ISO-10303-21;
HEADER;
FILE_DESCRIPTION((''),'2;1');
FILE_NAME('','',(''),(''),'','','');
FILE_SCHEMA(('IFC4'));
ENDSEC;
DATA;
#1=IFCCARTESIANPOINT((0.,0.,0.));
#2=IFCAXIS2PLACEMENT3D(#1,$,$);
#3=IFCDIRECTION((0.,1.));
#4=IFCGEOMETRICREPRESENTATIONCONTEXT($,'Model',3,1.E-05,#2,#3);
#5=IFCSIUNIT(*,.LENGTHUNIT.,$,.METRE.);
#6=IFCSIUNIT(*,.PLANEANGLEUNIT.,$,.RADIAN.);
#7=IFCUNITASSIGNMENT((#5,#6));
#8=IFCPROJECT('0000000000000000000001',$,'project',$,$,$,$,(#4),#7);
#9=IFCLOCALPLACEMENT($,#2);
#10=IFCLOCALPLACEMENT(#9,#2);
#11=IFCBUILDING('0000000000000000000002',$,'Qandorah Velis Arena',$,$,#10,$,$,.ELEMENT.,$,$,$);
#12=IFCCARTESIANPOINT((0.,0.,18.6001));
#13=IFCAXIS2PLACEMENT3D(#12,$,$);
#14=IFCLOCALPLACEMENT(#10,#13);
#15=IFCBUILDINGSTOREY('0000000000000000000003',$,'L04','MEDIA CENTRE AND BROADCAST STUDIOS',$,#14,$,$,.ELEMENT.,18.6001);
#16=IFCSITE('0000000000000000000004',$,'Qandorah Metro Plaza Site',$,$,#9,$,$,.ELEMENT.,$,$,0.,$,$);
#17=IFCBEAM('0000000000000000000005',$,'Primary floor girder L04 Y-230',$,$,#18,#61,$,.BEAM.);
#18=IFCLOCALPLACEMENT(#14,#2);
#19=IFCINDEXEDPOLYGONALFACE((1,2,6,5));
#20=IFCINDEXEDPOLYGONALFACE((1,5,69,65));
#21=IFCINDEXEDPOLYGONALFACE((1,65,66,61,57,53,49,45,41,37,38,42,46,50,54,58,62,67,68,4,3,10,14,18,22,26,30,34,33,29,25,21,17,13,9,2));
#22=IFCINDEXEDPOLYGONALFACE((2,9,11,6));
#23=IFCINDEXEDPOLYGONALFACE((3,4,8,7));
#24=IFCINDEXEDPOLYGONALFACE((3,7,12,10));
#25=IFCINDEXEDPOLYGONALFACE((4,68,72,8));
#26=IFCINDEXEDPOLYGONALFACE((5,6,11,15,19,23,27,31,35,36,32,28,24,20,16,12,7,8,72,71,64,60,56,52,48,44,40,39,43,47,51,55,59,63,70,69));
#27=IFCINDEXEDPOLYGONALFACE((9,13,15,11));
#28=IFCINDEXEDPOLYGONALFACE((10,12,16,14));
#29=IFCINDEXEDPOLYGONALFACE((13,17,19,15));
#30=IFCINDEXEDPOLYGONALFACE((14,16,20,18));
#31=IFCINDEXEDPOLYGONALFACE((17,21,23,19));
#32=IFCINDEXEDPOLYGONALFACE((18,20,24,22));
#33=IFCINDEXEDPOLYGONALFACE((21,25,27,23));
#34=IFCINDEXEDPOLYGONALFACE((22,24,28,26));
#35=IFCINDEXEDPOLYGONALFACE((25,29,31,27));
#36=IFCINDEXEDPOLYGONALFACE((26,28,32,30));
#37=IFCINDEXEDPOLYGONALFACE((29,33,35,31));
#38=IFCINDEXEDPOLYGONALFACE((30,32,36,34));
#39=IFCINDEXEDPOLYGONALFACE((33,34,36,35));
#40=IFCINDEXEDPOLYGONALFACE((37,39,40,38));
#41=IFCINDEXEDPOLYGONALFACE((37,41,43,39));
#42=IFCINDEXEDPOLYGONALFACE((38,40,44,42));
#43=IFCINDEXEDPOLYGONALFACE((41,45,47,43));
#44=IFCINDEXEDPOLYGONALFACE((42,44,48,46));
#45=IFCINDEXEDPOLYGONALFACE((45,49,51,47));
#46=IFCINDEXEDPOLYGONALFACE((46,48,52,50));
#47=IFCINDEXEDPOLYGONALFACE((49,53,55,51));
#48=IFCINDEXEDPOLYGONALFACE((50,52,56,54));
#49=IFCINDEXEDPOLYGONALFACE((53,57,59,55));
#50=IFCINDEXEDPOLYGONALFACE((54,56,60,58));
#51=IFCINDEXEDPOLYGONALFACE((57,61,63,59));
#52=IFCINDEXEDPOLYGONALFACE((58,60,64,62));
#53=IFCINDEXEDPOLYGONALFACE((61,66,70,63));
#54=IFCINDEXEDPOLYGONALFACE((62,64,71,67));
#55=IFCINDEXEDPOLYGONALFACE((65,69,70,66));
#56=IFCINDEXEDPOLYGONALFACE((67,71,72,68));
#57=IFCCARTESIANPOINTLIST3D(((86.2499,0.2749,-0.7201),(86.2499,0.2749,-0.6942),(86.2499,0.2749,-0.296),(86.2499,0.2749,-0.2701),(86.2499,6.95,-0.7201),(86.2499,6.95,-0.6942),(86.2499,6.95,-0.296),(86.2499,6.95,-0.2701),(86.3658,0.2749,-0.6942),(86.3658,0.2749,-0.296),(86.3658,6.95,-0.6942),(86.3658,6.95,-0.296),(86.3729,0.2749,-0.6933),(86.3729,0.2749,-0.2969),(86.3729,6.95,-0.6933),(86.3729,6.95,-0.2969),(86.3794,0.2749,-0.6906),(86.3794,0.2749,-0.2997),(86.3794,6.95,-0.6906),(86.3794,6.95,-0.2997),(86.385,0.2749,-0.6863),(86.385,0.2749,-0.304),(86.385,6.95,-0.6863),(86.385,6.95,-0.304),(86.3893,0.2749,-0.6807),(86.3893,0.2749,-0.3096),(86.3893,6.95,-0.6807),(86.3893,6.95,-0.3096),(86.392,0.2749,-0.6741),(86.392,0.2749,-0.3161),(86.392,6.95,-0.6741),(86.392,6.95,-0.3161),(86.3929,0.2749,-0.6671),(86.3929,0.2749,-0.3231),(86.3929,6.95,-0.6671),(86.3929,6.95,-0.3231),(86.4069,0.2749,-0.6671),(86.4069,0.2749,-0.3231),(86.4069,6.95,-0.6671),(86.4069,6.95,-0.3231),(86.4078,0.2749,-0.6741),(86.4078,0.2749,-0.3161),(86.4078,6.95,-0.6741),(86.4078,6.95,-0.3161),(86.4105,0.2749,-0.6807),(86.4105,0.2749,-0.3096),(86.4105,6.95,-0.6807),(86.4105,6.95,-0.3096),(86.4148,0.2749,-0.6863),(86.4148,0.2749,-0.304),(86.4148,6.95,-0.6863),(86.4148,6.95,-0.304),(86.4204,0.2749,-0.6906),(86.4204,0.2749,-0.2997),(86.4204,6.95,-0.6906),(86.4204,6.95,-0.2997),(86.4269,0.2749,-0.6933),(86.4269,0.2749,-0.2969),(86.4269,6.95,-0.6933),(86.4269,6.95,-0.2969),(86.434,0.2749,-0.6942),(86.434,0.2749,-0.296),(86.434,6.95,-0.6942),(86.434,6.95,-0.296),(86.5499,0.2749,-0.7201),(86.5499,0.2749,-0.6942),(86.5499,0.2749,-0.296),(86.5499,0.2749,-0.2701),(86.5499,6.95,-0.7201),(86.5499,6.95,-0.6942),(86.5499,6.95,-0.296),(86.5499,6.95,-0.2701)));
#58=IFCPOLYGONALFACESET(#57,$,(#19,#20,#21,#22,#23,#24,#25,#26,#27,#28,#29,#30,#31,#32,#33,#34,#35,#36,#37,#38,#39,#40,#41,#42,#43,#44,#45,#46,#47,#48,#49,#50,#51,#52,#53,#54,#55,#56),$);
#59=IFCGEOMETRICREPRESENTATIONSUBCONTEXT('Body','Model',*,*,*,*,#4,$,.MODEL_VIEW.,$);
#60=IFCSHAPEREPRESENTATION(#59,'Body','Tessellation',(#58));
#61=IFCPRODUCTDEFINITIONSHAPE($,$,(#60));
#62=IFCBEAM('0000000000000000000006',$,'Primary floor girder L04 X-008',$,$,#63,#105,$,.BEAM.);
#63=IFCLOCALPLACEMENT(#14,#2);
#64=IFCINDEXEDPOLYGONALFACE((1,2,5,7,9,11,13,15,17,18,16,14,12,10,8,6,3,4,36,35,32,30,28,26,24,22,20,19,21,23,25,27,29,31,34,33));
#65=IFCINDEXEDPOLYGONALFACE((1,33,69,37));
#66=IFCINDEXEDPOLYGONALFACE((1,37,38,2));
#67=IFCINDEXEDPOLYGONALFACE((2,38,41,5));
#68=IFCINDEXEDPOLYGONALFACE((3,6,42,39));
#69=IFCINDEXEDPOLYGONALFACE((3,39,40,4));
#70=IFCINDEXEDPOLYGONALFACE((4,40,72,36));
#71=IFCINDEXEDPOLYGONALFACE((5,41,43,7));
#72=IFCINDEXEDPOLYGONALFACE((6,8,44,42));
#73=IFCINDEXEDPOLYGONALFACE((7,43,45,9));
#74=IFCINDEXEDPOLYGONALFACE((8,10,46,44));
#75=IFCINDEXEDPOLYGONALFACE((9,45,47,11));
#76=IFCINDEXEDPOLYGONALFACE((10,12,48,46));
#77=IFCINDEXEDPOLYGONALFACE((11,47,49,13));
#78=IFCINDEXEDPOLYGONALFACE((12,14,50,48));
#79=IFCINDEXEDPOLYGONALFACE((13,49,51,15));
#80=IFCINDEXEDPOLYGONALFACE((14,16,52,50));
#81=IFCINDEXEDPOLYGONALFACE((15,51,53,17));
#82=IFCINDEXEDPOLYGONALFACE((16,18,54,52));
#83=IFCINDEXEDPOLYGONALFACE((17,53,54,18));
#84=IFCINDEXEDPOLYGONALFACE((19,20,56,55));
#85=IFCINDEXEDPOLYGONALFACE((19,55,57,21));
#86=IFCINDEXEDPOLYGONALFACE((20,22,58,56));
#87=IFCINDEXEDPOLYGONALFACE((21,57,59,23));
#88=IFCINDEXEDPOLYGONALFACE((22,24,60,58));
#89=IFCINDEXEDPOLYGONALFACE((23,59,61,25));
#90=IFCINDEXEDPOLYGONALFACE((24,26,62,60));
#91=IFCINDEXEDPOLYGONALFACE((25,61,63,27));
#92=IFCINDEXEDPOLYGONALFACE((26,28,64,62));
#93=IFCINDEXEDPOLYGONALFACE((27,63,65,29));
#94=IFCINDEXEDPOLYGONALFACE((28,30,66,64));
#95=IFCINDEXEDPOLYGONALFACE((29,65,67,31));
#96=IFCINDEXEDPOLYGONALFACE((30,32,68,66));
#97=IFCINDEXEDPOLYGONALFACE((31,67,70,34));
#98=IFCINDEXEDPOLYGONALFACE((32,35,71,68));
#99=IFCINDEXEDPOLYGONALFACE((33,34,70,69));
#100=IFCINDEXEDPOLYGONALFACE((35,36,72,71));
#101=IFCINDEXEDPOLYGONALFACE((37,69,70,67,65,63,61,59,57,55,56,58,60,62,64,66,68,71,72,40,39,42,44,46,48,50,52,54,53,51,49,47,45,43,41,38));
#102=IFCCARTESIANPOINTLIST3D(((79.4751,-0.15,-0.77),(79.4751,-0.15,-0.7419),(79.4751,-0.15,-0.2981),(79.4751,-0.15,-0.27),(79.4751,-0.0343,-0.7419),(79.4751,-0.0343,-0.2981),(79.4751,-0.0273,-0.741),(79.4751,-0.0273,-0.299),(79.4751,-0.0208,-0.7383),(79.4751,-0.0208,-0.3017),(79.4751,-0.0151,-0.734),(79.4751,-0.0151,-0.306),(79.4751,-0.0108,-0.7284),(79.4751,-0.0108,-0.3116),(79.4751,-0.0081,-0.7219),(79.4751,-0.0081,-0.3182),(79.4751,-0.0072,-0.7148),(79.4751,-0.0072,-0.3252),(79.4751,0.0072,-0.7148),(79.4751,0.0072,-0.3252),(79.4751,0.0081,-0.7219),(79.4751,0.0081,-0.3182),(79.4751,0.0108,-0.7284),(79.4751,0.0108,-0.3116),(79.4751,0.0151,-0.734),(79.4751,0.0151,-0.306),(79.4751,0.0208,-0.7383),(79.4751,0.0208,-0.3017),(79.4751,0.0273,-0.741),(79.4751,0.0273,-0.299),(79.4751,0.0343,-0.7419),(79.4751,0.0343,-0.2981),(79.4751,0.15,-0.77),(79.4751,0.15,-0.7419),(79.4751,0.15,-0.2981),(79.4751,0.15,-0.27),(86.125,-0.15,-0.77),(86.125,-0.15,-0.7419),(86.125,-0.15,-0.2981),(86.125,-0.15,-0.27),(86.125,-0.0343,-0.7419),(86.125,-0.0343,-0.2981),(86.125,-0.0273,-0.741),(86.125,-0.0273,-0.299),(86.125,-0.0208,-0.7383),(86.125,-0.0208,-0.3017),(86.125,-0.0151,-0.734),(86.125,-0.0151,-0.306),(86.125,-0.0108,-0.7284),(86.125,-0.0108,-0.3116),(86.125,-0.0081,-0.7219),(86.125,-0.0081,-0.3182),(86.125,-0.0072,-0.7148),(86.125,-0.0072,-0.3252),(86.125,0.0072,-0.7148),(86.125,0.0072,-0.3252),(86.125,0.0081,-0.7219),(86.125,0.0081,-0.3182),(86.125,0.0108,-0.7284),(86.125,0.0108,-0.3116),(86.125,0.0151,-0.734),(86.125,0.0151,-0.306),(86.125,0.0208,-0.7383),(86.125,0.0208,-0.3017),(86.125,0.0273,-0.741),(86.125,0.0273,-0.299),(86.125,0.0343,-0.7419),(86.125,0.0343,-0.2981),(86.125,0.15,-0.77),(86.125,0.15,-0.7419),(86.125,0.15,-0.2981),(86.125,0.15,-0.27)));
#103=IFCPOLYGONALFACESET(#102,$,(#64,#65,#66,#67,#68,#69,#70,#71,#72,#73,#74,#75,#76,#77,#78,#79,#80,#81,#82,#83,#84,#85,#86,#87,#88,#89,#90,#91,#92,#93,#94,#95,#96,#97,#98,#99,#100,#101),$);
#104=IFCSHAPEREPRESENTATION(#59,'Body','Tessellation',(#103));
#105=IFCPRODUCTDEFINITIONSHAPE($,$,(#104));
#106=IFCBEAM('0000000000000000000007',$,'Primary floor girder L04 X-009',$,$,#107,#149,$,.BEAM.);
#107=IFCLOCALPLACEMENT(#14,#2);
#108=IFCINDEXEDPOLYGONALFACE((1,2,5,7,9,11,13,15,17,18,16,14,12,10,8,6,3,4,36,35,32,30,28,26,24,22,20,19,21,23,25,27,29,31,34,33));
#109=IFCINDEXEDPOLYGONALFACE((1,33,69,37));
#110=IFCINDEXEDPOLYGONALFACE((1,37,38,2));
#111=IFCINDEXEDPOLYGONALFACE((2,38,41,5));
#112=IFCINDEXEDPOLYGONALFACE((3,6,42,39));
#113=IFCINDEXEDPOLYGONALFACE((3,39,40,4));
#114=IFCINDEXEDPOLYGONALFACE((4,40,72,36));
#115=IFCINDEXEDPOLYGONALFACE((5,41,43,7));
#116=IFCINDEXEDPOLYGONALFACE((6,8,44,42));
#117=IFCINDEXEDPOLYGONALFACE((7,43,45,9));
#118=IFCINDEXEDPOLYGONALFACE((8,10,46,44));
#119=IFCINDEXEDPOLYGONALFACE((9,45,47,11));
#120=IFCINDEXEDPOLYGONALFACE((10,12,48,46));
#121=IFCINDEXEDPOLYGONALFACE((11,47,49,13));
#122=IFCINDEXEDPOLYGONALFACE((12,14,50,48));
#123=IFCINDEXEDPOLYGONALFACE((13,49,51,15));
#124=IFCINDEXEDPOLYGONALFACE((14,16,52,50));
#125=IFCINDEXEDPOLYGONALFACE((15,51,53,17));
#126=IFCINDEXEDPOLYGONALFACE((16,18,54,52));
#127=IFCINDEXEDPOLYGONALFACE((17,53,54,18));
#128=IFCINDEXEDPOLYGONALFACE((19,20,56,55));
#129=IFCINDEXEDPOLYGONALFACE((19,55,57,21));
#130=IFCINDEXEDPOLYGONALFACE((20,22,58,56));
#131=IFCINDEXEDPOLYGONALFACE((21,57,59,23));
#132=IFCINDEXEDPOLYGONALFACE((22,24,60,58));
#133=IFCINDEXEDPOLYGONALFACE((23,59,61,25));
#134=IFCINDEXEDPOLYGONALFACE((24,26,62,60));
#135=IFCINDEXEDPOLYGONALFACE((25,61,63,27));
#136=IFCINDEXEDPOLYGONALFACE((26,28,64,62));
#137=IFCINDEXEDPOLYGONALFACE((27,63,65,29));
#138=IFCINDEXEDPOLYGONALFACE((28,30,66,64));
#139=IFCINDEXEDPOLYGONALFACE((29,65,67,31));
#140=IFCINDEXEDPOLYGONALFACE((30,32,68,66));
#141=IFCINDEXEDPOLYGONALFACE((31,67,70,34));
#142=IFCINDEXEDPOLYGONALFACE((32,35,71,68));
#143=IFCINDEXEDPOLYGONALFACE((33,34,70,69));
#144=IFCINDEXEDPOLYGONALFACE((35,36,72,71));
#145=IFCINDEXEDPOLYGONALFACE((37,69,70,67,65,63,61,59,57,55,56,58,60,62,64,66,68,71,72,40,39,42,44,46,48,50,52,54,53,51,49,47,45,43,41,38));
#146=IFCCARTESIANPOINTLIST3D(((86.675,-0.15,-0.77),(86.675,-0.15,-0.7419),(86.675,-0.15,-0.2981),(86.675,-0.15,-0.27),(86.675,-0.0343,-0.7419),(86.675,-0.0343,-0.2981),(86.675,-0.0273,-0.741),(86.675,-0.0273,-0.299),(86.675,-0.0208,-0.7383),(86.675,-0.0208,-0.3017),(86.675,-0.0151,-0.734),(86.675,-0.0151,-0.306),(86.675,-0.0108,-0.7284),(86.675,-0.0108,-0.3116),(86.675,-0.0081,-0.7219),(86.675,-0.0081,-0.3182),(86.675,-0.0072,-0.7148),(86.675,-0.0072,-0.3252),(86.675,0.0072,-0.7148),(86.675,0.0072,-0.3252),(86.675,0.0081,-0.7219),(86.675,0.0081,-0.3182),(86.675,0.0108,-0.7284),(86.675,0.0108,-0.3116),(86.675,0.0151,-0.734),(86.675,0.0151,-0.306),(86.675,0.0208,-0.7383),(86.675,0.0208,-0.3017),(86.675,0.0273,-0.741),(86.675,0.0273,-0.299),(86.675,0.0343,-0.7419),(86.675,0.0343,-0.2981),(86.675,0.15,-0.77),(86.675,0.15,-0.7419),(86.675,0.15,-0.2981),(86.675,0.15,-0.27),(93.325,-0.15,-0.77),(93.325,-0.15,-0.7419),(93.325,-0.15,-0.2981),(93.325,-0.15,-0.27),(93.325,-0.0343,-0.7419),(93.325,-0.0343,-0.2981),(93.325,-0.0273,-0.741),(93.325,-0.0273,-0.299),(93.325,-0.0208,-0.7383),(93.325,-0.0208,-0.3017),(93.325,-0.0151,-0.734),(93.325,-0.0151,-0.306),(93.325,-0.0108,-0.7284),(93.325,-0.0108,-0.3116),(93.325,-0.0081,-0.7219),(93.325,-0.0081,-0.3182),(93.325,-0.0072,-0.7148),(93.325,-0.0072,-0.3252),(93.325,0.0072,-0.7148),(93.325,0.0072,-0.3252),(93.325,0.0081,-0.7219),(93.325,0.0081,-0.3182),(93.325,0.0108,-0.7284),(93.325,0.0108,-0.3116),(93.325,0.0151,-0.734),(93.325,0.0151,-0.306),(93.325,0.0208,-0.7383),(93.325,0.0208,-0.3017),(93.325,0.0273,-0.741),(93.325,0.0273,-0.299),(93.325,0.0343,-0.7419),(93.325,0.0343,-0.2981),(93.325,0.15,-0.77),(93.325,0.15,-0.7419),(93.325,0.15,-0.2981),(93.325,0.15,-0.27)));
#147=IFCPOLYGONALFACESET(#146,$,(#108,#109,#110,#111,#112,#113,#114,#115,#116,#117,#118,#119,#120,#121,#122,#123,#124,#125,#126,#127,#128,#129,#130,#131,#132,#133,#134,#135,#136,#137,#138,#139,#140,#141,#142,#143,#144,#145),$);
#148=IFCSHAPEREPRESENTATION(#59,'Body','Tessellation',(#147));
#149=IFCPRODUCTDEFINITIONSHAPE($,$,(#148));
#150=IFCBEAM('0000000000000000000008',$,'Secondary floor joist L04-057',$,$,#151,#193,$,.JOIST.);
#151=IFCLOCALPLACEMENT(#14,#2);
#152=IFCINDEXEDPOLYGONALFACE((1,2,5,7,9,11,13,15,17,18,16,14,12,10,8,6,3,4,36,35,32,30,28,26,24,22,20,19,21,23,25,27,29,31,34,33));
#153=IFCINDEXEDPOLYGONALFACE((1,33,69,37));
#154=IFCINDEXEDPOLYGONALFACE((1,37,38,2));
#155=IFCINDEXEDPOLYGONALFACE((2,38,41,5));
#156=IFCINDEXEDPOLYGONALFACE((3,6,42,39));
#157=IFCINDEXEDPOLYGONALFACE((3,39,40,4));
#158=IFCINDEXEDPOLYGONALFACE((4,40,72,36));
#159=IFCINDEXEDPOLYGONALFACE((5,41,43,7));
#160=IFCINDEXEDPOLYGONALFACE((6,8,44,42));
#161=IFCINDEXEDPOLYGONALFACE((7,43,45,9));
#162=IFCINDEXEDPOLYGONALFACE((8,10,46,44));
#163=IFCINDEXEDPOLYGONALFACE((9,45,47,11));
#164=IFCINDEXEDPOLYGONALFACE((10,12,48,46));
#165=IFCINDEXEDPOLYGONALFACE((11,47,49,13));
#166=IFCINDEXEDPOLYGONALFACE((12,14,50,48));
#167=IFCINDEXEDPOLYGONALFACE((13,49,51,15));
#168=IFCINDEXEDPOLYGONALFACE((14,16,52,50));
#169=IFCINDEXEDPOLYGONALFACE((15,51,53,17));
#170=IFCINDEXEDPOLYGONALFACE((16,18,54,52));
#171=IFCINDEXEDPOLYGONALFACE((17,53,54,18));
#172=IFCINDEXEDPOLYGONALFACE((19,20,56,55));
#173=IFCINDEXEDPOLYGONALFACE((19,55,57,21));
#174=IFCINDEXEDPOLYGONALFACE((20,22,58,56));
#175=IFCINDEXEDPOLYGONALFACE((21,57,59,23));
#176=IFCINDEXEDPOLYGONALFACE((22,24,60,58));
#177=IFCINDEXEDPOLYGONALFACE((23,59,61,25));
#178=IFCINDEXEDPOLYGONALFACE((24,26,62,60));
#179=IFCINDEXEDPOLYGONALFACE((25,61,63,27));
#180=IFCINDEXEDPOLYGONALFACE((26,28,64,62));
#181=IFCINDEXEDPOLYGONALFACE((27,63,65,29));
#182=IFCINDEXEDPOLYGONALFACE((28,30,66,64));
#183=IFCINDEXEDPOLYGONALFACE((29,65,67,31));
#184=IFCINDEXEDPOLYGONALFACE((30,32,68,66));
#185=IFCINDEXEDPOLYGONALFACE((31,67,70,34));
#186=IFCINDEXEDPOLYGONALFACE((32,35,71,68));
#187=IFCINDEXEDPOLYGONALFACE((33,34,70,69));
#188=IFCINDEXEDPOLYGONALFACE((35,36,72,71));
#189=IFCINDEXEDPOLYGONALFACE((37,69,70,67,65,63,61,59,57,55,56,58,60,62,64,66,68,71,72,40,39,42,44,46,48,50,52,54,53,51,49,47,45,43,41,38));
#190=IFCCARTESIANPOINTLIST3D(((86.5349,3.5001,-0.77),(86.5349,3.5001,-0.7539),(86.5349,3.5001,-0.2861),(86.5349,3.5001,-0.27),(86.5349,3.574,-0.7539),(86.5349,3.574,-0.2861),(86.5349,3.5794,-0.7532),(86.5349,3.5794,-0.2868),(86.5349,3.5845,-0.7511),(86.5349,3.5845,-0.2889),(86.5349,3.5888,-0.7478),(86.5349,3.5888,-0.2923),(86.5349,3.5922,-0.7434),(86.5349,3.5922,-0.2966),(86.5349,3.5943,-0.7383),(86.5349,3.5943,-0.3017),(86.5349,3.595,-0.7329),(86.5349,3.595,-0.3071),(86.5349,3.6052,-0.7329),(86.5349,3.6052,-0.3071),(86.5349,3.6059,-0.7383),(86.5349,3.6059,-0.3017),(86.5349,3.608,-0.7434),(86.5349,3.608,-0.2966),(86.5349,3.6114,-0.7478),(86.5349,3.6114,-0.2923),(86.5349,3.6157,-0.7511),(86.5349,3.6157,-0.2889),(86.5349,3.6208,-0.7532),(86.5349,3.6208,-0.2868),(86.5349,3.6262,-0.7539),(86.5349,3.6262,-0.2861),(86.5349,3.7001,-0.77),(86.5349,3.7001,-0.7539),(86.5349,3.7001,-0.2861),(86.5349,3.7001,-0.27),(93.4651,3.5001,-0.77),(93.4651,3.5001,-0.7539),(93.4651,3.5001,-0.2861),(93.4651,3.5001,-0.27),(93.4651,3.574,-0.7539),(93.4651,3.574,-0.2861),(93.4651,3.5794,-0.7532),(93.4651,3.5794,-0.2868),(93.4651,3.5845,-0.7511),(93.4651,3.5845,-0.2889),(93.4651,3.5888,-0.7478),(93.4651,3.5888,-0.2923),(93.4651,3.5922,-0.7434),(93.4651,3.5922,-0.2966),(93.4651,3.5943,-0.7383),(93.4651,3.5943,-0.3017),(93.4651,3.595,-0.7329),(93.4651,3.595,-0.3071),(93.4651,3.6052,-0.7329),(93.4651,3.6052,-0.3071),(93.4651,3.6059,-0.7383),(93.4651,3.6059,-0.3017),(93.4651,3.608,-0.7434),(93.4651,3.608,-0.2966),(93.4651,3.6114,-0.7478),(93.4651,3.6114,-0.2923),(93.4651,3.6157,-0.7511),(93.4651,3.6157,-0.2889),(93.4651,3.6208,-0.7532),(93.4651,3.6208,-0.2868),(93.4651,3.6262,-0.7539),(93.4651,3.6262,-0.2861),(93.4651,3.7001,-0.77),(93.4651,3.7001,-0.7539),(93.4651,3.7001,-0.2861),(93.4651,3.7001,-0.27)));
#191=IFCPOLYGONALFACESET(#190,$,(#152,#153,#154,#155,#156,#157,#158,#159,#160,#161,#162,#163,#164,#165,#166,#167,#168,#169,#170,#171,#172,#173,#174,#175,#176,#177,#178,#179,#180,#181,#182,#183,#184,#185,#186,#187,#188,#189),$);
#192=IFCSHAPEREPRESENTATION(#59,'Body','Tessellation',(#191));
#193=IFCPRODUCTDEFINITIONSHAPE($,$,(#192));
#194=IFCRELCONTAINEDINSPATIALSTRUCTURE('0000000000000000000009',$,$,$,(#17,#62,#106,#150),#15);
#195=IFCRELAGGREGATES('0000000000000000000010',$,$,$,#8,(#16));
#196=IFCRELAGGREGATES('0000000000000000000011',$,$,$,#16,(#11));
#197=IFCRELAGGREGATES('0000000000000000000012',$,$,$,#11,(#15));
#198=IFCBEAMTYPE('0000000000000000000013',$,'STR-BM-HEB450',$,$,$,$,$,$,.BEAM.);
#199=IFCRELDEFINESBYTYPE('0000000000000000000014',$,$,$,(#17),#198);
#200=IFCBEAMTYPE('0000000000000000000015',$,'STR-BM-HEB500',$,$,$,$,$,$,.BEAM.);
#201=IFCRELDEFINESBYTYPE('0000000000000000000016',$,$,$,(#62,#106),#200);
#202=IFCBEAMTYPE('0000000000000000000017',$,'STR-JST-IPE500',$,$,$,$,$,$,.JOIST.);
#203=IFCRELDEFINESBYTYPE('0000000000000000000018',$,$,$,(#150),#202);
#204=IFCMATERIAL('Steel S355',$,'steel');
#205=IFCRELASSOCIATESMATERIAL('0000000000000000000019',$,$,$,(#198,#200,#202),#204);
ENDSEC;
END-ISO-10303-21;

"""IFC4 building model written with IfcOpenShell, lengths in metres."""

from ifc_helpers import new_model, si_unit, direction, frame, origin, origin_2d, place, context, subcontext, project, spatial, i_section, extrude, material, material_profile, profile_set, type_object, element, save


model = new_model("IFC4")

# Units and contexts
model_context = context("Model", 3, precision=1e-05, world=origin(), true_north=direction((0.0, 1.0)))
body_context = subcontext(model_context, "Body", "Model", "MODEL_VIEW")
ifc_project = project(units=[si_unit("LENGTHUNIT", "METRE"), si_unit("PLANEANGLEUNIT", "RADIAN")], contexts=[model_context])

# Site, building, storey
site_placement = place(None, origin())
site = spatial("IfcSite", under=ifc_project, at=site_placement, Name="Qandorah Metro Plaza Site", CompositionType="ELEMENT", RefElevation=0.0)
building_placement = place(site_placement, origin())
building = spatial("IfcBuilding", under=site, at=building_placement, Name="Qandorah Velis Arena", CompositionType="ELEMENT")
storey_placement = place(building_placement, frame((0.0, 0.0, 18.6001)))
storey = spatial("IfcBuildingStorey", under=building, at=storey_placement, Name="L04", Description="MEDIA CENTRE AND BROADCAST STUDIOS", CompositionType="ELEMENT", Elevation=18.6001)

# Shared definitions
ifc_material_1 = material(Name="Steel S355", Category="steel")

# Beams
ifc_material_profile_1 = material_profile(ifc_material_1, i_section(OverallWidth=0.3, OverallDepth=0.45, WebThickness=0.0139, FlangeThickness=0.0259, FilletRadius=0.0271, at=origin_2d()), Name="HEB 450")
ifc_profile_set_1 = profile_set([ifc_material_profile_1], Name="Steel S355")
beam_type_1 = type_object("IfcBeamType", Name="STR-BM-HEB450", PredefinedType="BEAM", material=ifc_profile_set_1)
beam_1_placement = place(storey_placement, frame((86.3999, 0.2749, -0.4951), z_axis=(0.0, 1.0, 0.0), x_axis=(-1.0, 0.0, 0.0)))
element("IfcBeam", 1, at=beam_1_placement, inside=storey, type_object=beam_type_1, Name="Primary floor girder L04 Y-230", PredefinedType="BEAM", context=body_context, shape_type="SweptSolid", body=[
    extrude(i_section(OverallWidth=0.3, OverallDepth=0.45, WebThickness=0.0139, FlangeThickness=0.0259, FilletRadius=0.0271, at=origin_2d()), origin(), (0.0, 0.0, 1.0), 6.675),
])
ifc_material_profile_2 = material_profile(ifc_material_1, i_section(OverallWidth=0.3, OverallDepth=0.5, WebThickness=0.0144, FlangeThickness=0.0281, FilletRadius=0.0271, at=origin_2d()), Name="HEB 500")
ifc_profile_set_2 = profile_set([ifc_material_profile_2], Name="Steel S355")
beam_type_2 = type_object("IfcBeamType", Name="STR-BM-HEB500", PredefinedType="BEAM", material=ifc_profile_set_2)
for number, where, z_axis, x_axis, name in (
    (2, (79.4751, 0.0, -0.52), (1.0, 0.0, 0.0), (0.0, 1.0, 0.0), "Primary floor girder L04 X-008"),
    (3, (86.675, 0.0, -0.52), (1.0, 0.0, 0.0), (0.0, 1.0, 0.0), "Primary floor girder L04 X-009"),
):
    element("IfcBeam", number, at=place(storey_placement, frame(where, z_axis=z_axis, x_axis=x_axis)), inside=storey, type_object=beam_type_2, Name=name, PredefinedType="BEAM", context=body_context, shape_type="SweptSolid", body=[
        extrude(i_section(OverallWidth=0.3, OverallDepth=0.5, WebThickness=0.0144, FlangeThickness=0.0281, FilletRadius=0.0271, at=origin_2d()), origin(), (0.0, 0.0, 1.0), 6.6499),
    ])
ifc_material_profile_3 = material_profile(ifc_material_1, i_section(OverallWidth=0.2, OverallDepth=0.5, WebThickness=0.0103, FlangeThickness=0.0161, FilletRadius=0.021, at=origin_2d()), Name="IPE 500")
ifc_profile_set_3 = profile_set([ifc_material_profile_3], Name="Steel S355")
beam_type_3 = type_object("IfcBeamType", Name="STR-JST-IPE500", PredefinedType="JOIST", material=ifc_profile_set_3)
beam_2_placement = place(storey_placement, frame((86.5349, 3.6001, -0.52), z_axis=(1.0, 0.0, 0.0), x_axis=(0.0, 1.0, 0.0)))
element("IfcBeam", 4, at=beam_2_placement, inside=storey, type_object=beam_type_3, Name="Secondary floor joist L04-057", PredefinedType="JOIST", context=body_context, shape_type="SweptSolid", body=[
    extrude(i_section(OverallWidth=0.2, OverallDepth=0.5, WebThickness=0.0103, FlangeThickness=0.0161, FilletRadius=0.021, at=origin_2d()), origin(), (0.0, 0.0, 1.0), 6.9302),
])

save(model, "model.ifc")
